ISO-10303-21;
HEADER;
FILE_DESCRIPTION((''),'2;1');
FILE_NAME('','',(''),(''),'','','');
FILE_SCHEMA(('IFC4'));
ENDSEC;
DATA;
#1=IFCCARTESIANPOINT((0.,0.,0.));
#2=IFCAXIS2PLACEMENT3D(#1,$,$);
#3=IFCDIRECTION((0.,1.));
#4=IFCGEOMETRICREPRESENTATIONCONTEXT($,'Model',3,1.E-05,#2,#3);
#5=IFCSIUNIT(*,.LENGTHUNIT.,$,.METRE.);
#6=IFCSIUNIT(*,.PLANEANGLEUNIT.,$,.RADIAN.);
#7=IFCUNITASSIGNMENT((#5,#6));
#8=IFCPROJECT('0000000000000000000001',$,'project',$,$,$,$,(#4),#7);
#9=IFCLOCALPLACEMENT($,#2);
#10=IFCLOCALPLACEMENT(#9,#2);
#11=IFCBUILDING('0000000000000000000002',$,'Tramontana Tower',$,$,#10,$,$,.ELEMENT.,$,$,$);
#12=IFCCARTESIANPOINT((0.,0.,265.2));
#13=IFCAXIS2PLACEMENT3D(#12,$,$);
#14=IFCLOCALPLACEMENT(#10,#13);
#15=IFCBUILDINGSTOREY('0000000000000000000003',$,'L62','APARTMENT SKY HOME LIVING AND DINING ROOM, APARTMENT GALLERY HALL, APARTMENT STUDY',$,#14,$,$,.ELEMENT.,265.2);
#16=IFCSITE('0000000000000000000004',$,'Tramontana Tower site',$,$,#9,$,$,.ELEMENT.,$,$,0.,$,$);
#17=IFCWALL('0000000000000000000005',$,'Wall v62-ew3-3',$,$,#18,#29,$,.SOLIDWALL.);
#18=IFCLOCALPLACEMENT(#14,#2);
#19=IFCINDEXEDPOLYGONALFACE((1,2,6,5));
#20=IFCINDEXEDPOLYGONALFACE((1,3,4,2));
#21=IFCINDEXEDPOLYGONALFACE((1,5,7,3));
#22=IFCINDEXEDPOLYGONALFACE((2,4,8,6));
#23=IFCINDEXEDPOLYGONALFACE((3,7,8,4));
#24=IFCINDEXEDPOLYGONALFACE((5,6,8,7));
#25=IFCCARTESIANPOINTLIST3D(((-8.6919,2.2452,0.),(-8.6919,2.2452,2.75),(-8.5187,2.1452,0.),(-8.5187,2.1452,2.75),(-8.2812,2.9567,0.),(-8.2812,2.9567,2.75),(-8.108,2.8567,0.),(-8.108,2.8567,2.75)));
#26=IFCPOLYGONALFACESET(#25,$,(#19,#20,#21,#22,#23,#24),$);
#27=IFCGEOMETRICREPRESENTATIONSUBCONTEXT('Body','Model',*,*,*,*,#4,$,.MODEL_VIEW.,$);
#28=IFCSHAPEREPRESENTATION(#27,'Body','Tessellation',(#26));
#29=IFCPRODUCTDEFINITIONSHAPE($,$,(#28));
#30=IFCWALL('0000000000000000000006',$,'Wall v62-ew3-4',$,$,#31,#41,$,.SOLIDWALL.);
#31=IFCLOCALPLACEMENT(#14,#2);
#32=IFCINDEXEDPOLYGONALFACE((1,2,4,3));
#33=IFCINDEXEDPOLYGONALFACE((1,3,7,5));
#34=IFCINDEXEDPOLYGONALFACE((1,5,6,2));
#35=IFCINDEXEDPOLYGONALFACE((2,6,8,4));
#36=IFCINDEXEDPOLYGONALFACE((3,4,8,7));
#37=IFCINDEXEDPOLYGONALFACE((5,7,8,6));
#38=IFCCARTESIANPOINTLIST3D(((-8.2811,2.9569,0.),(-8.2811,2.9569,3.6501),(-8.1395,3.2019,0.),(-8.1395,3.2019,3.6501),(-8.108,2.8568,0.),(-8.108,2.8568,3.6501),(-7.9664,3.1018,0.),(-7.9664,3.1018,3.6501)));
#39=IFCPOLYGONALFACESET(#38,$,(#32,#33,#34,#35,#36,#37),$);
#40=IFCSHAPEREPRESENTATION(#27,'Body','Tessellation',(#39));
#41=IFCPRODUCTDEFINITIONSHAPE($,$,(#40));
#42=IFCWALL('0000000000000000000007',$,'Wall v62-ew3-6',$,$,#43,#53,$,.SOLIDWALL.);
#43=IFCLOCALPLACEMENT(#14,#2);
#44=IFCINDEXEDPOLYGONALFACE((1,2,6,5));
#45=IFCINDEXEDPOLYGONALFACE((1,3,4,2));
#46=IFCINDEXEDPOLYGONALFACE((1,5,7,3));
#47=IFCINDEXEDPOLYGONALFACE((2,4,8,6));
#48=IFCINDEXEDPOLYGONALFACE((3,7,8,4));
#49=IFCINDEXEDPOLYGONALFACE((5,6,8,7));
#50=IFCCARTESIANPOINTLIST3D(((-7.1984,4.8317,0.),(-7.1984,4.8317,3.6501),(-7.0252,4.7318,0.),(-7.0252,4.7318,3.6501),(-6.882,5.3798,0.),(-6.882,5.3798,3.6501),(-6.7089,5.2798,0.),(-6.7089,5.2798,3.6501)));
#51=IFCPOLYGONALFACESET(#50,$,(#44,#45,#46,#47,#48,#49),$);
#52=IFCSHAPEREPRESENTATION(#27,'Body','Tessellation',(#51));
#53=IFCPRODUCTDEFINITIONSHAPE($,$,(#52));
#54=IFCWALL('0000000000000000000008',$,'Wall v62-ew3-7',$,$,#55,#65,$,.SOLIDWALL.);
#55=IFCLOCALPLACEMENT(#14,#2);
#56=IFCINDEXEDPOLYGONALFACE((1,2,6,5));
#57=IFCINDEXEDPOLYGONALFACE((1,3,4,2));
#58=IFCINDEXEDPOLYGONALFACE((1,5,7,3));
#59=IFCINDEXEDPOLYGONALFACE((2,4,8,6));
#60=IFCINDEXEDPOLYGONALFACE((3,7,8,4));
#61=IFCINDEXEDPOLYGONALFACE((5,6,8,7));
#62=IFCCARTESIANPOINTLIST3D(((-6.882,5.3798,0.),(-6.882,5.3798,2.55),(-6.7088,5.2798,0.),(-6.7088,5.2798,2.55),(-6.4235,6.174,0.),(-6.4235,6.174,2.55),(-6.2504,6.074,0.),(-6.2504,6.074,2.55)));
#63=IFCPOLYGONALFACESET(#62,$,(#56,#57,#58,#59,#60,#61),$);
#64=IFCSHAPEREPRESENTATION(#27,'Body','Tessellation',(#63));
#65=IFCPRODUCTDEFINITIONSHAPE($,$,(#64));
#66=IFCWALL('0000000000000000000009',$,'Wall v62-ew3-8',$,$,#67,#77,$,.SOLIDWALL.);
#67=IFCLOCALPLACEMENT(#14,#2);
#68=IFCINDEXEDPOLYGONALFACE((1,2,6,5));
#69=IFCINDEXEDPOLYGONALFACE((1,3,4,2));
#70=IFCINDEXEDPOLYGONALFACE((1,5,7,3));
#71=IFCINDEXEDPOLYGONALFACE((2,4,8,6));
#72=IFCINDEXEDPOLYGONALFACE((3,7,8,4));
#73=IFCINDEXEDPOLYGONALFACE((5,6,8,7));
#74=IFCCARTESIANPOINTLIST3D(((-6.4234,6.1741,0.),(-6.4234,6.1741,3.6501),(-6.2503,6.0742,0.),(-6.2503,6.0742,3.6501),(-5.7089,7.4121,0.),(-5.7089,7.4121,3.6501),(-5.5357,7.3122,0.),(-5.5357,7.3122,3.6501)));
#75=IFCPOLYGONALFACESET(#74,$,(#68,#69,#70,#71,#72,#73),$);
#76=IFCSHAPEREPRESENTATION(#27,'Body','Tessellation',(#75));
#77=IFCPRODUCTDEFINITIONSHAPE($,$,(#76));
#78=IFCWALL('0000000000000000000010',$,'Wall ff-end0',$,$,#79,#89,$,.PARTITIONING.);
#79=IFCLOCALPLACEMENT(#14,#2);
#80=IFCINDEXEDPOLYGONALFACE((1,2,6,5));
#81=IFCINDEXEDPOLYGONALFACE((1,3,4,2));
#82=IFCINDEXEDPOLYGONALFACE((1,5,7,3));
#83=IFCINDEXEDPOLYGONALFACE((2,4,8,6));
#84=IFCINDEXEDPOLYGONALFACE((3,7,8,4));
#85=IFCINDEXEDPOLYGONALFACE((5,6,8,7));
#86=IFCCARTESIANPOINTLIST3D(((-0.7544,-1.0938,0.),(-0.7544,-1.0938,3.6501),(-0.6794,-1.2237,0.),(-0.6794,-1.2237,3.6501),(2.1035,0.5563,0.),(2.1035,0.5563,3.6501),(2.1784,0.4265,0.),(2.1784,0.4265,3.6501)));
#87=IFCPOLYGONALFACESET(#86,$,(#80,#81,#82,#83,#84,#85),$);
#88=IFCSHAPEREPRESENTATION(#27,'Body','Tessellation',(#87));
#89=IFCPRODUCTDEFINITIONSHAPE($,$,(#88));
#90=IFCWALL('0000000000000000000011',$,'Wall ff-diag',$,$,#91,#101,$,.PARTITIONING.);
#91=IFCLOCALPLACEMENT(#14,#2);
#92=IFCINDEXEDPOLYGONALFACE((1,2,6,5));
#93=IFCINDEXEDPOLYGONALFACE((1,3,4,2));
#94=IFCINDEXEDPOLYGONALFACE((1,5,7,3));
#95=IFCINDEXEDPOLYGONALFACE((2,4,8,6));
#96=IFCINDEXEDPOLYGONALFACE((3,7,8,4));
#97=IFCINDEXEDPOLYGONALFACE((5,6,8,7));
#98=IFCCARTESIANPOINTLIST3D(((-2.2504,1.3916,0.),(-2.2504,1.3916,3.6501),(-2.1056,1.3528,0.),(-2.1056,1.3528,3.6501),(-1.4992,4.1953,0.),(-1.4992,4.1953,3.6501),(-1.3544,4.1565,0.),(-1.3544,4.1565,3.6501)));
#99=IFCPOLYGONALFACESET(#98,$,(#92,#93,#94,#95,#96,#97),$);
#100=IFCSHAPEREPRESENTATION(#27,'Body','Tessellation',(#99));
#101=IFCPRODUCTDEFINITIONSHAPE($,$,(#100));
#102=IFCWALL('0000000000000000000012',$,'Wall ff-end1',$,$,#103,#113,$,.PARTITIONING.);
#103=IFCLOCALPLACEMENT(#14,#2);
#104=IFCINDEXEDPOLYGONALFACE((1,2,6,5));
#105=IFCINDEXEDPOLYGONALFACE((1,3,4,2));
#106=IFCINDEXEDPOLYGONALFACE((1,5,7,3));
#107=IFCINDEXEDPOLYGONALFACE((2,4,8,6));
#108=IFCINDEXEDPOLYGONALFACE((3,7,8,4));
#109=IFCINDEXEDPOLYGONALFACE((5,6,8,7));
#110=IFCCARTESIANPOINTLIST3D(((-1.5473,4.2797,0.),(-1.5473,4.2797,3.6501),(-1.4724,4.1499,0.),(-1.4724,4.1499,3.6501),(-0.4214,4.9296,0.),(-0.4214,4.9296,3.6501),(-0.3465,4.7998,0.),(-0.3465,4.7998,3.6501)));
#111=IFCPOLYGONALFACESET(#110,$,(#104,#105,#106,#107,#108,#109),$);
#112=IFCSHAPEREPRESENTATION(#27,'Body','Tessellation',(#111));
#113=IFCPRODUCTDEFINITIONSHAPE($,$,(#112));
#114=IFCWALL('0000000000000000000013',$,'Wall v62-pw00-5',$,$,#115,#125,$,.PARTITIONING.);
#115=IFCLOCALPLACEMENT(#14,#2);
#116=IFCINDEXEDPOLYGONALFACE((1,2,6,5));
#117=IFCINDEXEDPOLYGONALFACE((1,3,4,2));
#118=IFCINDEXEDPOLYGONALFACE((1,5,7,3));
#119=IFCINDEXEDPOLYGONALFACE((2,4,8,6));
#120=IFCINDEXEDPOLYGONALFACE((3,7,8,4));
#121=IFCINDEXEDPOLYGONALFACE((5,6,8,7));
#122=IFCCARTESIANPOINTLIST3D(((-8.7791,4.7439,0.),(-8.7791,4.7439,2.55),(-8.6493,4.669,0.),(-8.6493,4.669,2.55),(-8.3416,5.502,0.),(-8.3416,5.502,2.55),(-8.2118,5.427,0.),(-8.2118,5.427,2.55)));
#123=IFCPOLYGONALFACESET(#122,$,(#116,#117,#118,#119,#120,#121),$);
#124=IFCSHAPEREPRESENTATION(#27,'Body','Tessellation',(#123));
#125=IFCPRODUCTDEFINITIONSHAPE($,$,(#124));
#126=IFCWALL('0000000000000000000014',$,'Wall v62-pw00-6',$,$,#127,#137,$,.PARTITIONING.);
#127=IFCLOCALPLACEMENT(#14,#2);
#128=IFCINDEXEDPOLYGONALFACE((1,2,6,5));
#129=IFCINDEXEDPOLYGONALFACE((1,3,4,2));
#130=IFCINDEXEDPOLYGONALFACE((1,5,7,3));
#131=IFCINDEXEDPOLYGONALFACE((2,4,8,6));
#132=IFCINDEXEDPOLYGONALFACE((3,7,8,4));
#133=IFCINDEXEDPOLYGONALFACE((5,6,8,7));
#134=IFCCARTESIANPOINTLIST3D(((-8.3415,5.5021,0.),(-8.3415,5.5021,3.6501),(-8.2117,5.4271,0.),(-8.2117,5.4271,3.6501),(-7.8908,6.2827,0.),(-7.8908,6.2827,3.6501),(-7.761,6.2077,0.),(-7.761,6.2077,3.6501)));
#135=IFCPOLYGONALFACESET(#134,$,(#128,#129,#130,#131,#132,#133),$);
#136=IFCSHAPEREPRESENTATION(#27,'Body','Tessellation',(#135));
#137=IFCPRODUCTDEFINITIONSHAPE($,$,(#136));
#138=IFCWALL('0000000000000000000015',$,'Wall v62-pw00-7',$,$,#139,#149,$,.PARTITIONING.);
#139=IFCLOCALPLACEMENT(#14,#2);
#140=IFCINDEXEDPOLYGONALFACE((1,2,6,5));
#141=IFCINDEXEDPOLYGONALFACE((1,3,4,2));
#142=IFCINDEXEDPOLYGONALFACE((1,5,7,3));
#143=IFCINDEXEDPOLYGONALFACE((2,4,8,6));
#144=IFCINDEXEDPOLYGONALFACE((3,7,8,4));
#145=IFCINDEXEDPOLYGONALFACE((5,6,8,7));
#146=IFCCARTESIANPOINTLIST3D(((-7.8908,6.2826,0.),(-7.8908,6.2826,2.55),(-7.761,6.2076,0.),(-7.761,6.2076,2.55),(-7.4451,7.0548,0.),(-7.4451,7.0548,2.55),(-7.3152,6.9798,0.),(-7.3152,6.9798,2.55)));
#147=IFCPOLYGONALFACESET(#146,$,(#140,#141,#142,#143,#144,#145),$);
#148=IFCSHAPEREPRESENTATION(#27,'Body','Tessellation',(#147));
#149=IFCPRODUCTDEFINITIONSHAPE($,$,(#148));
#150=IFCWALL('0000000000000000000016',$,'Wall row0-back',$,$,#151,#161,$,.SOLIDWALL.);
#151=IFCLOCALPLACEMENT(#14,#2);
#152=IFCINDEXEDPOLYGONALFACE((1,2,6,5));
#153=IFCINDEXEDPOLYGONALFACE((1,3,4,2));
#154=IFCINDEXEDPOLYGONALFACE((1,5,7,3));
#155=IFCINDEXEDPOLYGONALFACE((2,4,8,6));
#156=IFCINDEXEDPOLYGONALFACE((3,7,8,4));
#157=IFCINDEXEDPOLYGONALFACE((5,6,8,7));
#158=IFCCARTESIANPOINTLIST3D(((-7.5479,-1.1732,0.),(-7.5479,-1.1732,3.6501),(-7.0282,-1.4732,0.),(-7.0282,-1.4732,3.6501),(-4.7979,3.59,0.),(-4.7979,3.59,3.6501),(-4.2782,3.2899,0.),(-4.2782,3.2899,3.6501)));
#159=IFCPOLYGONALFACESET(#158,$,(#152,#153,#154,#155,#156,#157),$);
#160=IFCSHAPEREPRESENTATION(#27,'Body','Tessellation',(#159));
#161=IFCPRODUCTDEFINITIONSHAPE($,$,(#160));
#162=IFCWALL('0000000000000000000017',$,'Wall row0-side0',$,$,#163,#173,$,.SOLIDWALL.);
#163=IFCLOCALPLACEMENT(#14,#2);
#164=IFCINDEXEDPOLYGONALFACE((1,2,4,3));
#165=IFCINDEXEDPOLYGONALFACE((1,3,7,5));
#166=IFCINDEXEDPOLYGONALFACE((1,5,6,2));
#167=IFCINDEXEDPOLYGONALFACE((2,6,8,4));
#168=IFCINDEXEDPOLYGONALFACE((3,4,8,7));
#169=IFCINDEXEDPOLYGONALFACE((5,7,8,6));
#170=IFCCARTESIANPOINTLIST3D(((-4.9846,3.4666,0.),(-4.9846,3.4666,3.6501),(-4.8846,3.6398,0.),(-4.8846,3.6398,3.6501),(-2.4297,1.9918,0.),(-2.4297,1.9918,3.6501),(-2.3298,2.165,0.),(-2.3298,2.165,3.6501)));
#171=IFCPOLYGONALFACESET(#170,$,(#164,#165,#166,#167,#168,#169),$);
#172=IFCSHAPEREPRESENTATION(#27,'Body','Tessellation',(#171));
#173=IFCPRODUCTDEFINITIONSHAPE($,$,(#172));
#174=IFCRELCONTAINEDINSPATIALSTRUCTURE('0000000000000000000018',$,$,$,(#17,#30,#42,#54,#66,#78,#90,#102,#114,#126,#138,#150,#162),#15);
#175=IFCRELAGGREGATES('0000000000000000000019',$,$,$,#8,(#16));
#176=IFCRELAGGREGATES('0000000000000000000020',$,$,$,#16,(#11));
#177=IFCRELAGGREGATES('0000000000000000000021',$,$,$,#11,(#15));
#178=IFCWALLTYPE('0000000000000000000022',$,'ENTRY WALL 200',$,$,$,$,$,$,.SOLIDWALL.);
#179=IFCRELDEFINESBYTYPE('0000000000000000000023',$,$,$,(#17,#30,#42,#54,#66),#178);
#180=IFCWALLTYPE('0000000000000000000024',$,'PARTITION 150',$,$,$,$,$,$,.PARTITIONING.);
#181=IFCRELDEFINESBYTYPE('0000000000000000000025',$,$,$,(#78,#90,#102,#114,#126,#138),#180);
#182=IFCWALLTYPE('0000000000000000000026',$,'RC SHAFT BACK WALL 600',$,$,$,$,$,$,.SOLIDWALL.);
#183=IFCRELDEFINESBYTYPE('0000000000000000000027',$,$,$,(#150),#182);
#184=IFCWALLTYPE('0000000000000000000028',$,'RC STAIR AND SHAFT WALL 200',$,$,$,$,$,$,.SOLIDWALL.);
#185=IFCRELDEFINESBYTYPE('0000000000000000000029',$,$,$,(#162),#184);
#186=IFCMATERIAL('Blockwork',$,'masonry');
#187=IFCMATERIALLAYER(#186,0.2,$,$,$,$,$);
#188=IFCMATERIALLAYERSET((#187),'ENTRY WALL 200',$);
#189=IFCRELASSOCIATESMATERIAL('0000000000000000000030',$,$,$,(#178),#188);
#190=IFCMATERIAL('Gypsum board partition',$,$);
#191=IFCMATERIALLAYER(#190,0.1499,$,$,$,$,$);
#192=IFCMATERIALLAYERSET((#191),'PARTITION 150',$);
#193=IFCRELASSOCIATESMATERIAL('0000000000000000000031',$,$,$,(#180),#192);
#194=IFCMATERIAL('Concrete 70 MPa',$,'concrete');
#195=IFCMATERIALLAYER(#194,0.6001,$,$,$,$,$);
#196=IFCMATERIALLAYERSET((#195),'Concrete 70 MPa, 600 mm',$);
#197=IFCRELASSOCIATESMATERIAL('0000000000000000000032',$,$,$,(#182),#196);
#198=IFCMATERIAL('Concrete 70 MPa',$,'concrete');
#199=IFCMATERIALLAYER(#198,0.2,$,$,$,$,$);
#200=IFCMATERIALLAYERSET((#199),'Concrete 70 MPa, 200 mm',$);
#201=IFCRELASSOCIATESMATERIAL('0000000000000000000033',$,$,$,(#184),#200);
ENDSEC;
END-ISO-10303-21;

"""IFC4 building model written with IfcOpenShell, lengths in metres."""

from ifc_helpers import new_model, si_unit, direction, frame, frame_2d, origin, place, context, subcontext, project, spatial, rectangle, extrude, material, layer, layer_set, type_object, element, save


model = new_model("IFC4")

# Units and contexts
model_context = context("Model", 3, precision=1e-05, world=origin(), true_north=direction((0.0, 1.0)))
body_context = subcontext(model_context, "Body", "Model", "MODEL_VIEW")
ifc_project = project(units=[si_unit("LENGTHUNIT", "METRE"), si_unit("PLANEANGLEUNIT", "RADIAN")], contexts=[model_context])

# Site, building, storey
site_placement = place(None, origin())
site = spatial("IfcSite", under=ifc_project, at=site_placement, Name="Tramontana Tower site", CompositionType="ELEMENT", RefElevation=0.0)
building_placement = place(site_placement, origin())
building = spatial("IfcBuilding", under=site, at=building_placement, Name="Tramontana Tower", CompositionType="ELEMENT")
storey_placement = place(building_placement, frame((0.0, 0.0, 265.2)))
storey = spatial("IfcBuildingStorey", under=building, at=storey_placement, Name="L62", Description="APARTMENT SKY HOME LIVING AND DINING ROOM, APARTMENT GALLERY HALL, APARTMENT STUDY", CompositionType="ELEMENT", Elevation=265.2)

# Walls
ifc_material_1 = material(Name="Blockwork", Category="masonry")
ifc_layer_1 = layer(ifc_material_1, 0.2)
ifc_layer_set_1 = layer_set([ifc_layer_1], Name="ENTRY WALL 200")
wall_type_1 = type_object("IfcWallType", Name="ENTRY WALL 200", PredefinedType="SOLIDWALL", material=ifc_layer_set_1)
wall_1_placement = place(storey_placement, frame((-8.6052, 2.1953, 0.0), z_axis=(0.0, 0.0, 1.0), x_axis=(0.499911, 0.866077, 0.0)))
element("IfcWall", 1, at=wall_1_placement, inside=storey, type_object=wall_type_1, Name="Wall v62-ew3-3", PredefinedType="SOLIDWALL", context=body_context, shape_type="SweptSolid", body=[
    extrude(rectangle(XDim=0.8215, YDim=0.2, at=frame_2d((0.4106, 0.0))), origin(), (0.0, 0.0, 1.0), 2.75),
])
wall_2_placement = place(storey_placement, frame((-8.1946, 2.9067, 0.0), z_axis=(0.0, 0.0, 1.0), x_axis=(0.50022, 0.865898, 0.0)))
element("IfcWall", 2, at=wall_2_placement, inside=storey, type_object=wall_type_1, Name="Wall v62-ew3-4", PredefinedType="SOLIDWALL", context=body_context, shape_type="SweptSolid", body=[
    extrude(rectangle(XDim=0.283, YDim=0.2, at=frame_2d((0.1416, 0.0))), origin(), (0.0, 0.0, 1.0), 3.6501),
])

# Walls
wall_3_placement = place(storey_placement, frame((-7.1118, 4.7817, 0.0), z_axis=(0.0, 0.0, 1.0), x_axis=(0.499956, 0.866051, 0.0)))
element("IfcWall", 3, at=wall_3_placement, inside=storey, type_object=wall_type_1, Name="Wall v62-ew3-6", PredefinedType="SOLIDWALL", context=body_context, shape_type="SweptSolid", body=[
    extrude(rectangle(XDim=0.6328, YDim=0.2, at=frame_2d((0.3164, 0.0))), origin(), (0.0, 0.0, 1.0), 3.6501),
])
wall_4_placement = place(storey_placement, frame((-6.7954, 5.3298, 0.0), z_axis=(0.0, 0.0, 1.0), x_axis=(0.499976, 0.866039, 0.0)))
element("IfcWall", 4, at=wall_4_placement, inside=storey, type_object=wall_type_1, Name="Wall v62-ew3-7", PredefinedType="SOLIDWALL", context=body_context, shape_type="SweptSolid", body=[
    extrude(rectangle(XDim=0.917, YDim=0.2, at=frame_2d((0.4585, 0.0))), origin(), (0.0, 0.0, 1.0), 2.55),
])
wall_5_placement = place(storey_placement, frame((-6.3369, 6.124, 0.0), z_axis=(0.0, 0.0, 1.0), x_axis=(0.499905, 0.86608, 0.0)))
element("IfcWall", 5, at=wall_5_placement, inside=storey, type_object=wall_type_1, Name="Wall v62-ew3-8", PredefinedType="SOLIDWALL", context=body_context, shape_type="SweptSolid", body=[
    extrude(rectangle(XDim=1.4294, YDim=0.2, at=frame_2d((0.7148, 0.0))), origin(), (0.0, 0.0, 1.0), 3.6501),
])

# Shared definitions
ifc_material_2 = material(Name="Gypsum board partition")
ifc_layer_2 = layer(ifc_material_2, 0.1499)
ifc_layer_set_2 = layer_set([ifc_layer_2], Name="PARTITION 150")
wall_type_2 = type_object("IfcWallType", Name="PARTITION 150", PredefinedType="PARTITIONING", material=ifc_layer_set_2)

# Walls
wall_6_placement = place(storey_placement, frame((-0.7168, -1.1587, 0.0), z_axis=(0.0, 0.0, 1.0), x_axis=(0.866008, 0.50003, 0.0)))
element("IfcWall", 6, at=wall_6_placement, inside=storey, type_object=wall_type_2, Name="Wall ff-end0", PredefinedType="PARTITIONING", context=body_context, shape_type="SweptSolid", body=[
    extrude(rectangle(XDim=3.3, YDim=0.1499, at=frame_2d((1.6499, 0.0))), origin(), (0.0, 0.0, 1.0), 3.6501),
])
wall_7_placement = place(storey_placement, frame((-2.178, 1.3723, 0.0), z_axis=(0.0, 0.0, 1.0), x_axis=(0.258809, 0.965929, 0.0)))
element("IfcWall", 7, at=wall_7_placement, inside=storey, type_object=wall_type_2, Name="Wall ff-diag", PredefinedType="PARTITIONING", context=body_context, shape_type="SweptSolid", body=[
    extrude(rectangle(XDim=2.9026, YDim=0.1499, at=frame_2d((1.4512, 0.0))), origin(), (0.0, 0.0, 1.0), 3.6501),
])
wall_8_placement = place(storey_placement, frame((-1.5098, 4.2148, 0.0), z_axis=(0.0, 0.0, 1.0), x_axis=(0.866086, 0.499896, 0.0)))
element("IfcWall", 8, at=wall_8_placement, inside=storey, type_object=wall_type_2, Name="Wall ff-end1", PredefinedType="PARTITIONING", context=body_context, shape_type="SweptSolid", body=[
    extrude(rectangle(XDim=1.3, YDim=0.1499, at=frame_2d((0.6499, 0.0))), origin(), (0.0, 0.0, 1.0), 3.6501),
])
wall_9_placement = place(storey_placement, frame((-8.7141, 4.7065, 0.0), z_axis=(0.0, 0.0, 1.0), x_axis=(0.499859, 0.866107, 0.0)))
element("IfcWall", 9, at=wall_9_placement, inside=storey, type_object=wall_type_2, Name="Wall v62-pw00-5", PredefinedType="PARTITIONING", context=body_context, shape_type="SweptSolid", body=[
    extrude(rectangle(XDim=0.8752, YDim=0.1499, at=frame_2d((0.4375, 0.0))), origin(), (0.0, 0.0, 1.0), 2.55),
])
wall_10_placement = place(storey_placement, frame((-8.2766, 5.4646, 0.0), z_axis=(0.0, 0.0, 1.0), x_axis=(0.500043, 0.866001, 0.0)))
element("IfcWall", 10, at=wall_10_placement, inside=storey, type_object=wall_type_2, Name="Wall v62-pw00-6", PredefinedType="PARTITIONING", context=body_context, shape_type="SweptSolid", body=[
    extrude(rectangle(XDim=0.9014, YDim=0.1499, at=frame_2d((0.4507, 0.0))), origin(), (0.0, 0.0, 1.0), 3.6501),
])
wall_11_placement = place(storey_placement, frame((-7.8259, 6.2451, 0.0), z_axis=(0.0, 0.0, 1.0), x_axis=(0.499967, 0.866044, 0.0)))
element("IfcWall", 11, at=wall_11_placement, inside=storey, type_object=wall_type_2, Name="Wall v62-pw00-7", PredefinedType="PARTITIONING", context=body_context, shape_type="SweptSolid", body=[
    extrude(rectangle(XDim=0.8916, YDim=0.1499, at=frame_2d((0.4458, 0.0))), origin(), (0.0, 0.0, 1.0), 2.55),
])

# Wall
ifc_material_3 = material(Name="Concrete 70 MPa", Category="concrete")
ifc_layer_3 = layer(ifc_material_3, 0.6001)
ifc_layer_set_3 = layer_set([ifc_layer_3], Name="Concrete 70 MPa, 600 mm")
wall_type_3 = type_object("IfcWallType", Name="RC SHAFT BACK WALL 600", PredefinedType="SOLIDWALL", material=ifc_layer_set_3)
wall_12_placement = place(storey_placement, frame((-4.5381, 3.4399, 0.0), z_axis=(0.0, 0.0, 1.0), x_axis=(-0.499997, -0.866027, 0.0)))
element("IfcWall", 12, at=wall_12_placement, inside=storey, type_object=wall_type_3, Name="Wall row0-back", PredefinedType="SOLIDWALL", context=body_context, shape_type="SweptSolid", body=[
    extrude(rectangle(XDim=5.5, YDim=0.6001, at=frame_2d((2.75, 0.0))), origin(), (0.0, 0.0, 1.0), 3.6501),
])

# Shared definitions
ifc_material_4 = material(Name="Concrete 70 MPa", Category="concrete")
ifc_layer_4 = layer(ifc_material_4, 0.2)
ifc_layer_set_4 = layer_set([ifc_layer_4], Name="Concrete 70 MPa, 200 mm")
wall_type_4 = type_object("IfcWallType", Name="RC STAIR AND SHAFT WALL 200", PredefinedType="SOLIDWALL", material=ifc_layer_set_4)

# Wall
wall_13_placement = place(storey_placement, frame((-2.3796, 2.0784, 0.0), z_axis=(0.0, 0.0, 1.0), x_axis=(-0.86606, 0.49994, 0.0)))
element("IfcWall", 13, at=wall_13_placement, inside=storey, type_object=wall_type_4, Name="Wall row0-side0", PredefinedType="SOLIDWALL", context=body_context, shape_type="SweptSolid", body=[
    extrude(rectangle(XDim=2.95, YDim=0.2, at=frame_2d((1.4751, 0.0))), origin(), (0.0, 0.0, 1.0), 3.6501),
])

save(model, "model.ifc")
